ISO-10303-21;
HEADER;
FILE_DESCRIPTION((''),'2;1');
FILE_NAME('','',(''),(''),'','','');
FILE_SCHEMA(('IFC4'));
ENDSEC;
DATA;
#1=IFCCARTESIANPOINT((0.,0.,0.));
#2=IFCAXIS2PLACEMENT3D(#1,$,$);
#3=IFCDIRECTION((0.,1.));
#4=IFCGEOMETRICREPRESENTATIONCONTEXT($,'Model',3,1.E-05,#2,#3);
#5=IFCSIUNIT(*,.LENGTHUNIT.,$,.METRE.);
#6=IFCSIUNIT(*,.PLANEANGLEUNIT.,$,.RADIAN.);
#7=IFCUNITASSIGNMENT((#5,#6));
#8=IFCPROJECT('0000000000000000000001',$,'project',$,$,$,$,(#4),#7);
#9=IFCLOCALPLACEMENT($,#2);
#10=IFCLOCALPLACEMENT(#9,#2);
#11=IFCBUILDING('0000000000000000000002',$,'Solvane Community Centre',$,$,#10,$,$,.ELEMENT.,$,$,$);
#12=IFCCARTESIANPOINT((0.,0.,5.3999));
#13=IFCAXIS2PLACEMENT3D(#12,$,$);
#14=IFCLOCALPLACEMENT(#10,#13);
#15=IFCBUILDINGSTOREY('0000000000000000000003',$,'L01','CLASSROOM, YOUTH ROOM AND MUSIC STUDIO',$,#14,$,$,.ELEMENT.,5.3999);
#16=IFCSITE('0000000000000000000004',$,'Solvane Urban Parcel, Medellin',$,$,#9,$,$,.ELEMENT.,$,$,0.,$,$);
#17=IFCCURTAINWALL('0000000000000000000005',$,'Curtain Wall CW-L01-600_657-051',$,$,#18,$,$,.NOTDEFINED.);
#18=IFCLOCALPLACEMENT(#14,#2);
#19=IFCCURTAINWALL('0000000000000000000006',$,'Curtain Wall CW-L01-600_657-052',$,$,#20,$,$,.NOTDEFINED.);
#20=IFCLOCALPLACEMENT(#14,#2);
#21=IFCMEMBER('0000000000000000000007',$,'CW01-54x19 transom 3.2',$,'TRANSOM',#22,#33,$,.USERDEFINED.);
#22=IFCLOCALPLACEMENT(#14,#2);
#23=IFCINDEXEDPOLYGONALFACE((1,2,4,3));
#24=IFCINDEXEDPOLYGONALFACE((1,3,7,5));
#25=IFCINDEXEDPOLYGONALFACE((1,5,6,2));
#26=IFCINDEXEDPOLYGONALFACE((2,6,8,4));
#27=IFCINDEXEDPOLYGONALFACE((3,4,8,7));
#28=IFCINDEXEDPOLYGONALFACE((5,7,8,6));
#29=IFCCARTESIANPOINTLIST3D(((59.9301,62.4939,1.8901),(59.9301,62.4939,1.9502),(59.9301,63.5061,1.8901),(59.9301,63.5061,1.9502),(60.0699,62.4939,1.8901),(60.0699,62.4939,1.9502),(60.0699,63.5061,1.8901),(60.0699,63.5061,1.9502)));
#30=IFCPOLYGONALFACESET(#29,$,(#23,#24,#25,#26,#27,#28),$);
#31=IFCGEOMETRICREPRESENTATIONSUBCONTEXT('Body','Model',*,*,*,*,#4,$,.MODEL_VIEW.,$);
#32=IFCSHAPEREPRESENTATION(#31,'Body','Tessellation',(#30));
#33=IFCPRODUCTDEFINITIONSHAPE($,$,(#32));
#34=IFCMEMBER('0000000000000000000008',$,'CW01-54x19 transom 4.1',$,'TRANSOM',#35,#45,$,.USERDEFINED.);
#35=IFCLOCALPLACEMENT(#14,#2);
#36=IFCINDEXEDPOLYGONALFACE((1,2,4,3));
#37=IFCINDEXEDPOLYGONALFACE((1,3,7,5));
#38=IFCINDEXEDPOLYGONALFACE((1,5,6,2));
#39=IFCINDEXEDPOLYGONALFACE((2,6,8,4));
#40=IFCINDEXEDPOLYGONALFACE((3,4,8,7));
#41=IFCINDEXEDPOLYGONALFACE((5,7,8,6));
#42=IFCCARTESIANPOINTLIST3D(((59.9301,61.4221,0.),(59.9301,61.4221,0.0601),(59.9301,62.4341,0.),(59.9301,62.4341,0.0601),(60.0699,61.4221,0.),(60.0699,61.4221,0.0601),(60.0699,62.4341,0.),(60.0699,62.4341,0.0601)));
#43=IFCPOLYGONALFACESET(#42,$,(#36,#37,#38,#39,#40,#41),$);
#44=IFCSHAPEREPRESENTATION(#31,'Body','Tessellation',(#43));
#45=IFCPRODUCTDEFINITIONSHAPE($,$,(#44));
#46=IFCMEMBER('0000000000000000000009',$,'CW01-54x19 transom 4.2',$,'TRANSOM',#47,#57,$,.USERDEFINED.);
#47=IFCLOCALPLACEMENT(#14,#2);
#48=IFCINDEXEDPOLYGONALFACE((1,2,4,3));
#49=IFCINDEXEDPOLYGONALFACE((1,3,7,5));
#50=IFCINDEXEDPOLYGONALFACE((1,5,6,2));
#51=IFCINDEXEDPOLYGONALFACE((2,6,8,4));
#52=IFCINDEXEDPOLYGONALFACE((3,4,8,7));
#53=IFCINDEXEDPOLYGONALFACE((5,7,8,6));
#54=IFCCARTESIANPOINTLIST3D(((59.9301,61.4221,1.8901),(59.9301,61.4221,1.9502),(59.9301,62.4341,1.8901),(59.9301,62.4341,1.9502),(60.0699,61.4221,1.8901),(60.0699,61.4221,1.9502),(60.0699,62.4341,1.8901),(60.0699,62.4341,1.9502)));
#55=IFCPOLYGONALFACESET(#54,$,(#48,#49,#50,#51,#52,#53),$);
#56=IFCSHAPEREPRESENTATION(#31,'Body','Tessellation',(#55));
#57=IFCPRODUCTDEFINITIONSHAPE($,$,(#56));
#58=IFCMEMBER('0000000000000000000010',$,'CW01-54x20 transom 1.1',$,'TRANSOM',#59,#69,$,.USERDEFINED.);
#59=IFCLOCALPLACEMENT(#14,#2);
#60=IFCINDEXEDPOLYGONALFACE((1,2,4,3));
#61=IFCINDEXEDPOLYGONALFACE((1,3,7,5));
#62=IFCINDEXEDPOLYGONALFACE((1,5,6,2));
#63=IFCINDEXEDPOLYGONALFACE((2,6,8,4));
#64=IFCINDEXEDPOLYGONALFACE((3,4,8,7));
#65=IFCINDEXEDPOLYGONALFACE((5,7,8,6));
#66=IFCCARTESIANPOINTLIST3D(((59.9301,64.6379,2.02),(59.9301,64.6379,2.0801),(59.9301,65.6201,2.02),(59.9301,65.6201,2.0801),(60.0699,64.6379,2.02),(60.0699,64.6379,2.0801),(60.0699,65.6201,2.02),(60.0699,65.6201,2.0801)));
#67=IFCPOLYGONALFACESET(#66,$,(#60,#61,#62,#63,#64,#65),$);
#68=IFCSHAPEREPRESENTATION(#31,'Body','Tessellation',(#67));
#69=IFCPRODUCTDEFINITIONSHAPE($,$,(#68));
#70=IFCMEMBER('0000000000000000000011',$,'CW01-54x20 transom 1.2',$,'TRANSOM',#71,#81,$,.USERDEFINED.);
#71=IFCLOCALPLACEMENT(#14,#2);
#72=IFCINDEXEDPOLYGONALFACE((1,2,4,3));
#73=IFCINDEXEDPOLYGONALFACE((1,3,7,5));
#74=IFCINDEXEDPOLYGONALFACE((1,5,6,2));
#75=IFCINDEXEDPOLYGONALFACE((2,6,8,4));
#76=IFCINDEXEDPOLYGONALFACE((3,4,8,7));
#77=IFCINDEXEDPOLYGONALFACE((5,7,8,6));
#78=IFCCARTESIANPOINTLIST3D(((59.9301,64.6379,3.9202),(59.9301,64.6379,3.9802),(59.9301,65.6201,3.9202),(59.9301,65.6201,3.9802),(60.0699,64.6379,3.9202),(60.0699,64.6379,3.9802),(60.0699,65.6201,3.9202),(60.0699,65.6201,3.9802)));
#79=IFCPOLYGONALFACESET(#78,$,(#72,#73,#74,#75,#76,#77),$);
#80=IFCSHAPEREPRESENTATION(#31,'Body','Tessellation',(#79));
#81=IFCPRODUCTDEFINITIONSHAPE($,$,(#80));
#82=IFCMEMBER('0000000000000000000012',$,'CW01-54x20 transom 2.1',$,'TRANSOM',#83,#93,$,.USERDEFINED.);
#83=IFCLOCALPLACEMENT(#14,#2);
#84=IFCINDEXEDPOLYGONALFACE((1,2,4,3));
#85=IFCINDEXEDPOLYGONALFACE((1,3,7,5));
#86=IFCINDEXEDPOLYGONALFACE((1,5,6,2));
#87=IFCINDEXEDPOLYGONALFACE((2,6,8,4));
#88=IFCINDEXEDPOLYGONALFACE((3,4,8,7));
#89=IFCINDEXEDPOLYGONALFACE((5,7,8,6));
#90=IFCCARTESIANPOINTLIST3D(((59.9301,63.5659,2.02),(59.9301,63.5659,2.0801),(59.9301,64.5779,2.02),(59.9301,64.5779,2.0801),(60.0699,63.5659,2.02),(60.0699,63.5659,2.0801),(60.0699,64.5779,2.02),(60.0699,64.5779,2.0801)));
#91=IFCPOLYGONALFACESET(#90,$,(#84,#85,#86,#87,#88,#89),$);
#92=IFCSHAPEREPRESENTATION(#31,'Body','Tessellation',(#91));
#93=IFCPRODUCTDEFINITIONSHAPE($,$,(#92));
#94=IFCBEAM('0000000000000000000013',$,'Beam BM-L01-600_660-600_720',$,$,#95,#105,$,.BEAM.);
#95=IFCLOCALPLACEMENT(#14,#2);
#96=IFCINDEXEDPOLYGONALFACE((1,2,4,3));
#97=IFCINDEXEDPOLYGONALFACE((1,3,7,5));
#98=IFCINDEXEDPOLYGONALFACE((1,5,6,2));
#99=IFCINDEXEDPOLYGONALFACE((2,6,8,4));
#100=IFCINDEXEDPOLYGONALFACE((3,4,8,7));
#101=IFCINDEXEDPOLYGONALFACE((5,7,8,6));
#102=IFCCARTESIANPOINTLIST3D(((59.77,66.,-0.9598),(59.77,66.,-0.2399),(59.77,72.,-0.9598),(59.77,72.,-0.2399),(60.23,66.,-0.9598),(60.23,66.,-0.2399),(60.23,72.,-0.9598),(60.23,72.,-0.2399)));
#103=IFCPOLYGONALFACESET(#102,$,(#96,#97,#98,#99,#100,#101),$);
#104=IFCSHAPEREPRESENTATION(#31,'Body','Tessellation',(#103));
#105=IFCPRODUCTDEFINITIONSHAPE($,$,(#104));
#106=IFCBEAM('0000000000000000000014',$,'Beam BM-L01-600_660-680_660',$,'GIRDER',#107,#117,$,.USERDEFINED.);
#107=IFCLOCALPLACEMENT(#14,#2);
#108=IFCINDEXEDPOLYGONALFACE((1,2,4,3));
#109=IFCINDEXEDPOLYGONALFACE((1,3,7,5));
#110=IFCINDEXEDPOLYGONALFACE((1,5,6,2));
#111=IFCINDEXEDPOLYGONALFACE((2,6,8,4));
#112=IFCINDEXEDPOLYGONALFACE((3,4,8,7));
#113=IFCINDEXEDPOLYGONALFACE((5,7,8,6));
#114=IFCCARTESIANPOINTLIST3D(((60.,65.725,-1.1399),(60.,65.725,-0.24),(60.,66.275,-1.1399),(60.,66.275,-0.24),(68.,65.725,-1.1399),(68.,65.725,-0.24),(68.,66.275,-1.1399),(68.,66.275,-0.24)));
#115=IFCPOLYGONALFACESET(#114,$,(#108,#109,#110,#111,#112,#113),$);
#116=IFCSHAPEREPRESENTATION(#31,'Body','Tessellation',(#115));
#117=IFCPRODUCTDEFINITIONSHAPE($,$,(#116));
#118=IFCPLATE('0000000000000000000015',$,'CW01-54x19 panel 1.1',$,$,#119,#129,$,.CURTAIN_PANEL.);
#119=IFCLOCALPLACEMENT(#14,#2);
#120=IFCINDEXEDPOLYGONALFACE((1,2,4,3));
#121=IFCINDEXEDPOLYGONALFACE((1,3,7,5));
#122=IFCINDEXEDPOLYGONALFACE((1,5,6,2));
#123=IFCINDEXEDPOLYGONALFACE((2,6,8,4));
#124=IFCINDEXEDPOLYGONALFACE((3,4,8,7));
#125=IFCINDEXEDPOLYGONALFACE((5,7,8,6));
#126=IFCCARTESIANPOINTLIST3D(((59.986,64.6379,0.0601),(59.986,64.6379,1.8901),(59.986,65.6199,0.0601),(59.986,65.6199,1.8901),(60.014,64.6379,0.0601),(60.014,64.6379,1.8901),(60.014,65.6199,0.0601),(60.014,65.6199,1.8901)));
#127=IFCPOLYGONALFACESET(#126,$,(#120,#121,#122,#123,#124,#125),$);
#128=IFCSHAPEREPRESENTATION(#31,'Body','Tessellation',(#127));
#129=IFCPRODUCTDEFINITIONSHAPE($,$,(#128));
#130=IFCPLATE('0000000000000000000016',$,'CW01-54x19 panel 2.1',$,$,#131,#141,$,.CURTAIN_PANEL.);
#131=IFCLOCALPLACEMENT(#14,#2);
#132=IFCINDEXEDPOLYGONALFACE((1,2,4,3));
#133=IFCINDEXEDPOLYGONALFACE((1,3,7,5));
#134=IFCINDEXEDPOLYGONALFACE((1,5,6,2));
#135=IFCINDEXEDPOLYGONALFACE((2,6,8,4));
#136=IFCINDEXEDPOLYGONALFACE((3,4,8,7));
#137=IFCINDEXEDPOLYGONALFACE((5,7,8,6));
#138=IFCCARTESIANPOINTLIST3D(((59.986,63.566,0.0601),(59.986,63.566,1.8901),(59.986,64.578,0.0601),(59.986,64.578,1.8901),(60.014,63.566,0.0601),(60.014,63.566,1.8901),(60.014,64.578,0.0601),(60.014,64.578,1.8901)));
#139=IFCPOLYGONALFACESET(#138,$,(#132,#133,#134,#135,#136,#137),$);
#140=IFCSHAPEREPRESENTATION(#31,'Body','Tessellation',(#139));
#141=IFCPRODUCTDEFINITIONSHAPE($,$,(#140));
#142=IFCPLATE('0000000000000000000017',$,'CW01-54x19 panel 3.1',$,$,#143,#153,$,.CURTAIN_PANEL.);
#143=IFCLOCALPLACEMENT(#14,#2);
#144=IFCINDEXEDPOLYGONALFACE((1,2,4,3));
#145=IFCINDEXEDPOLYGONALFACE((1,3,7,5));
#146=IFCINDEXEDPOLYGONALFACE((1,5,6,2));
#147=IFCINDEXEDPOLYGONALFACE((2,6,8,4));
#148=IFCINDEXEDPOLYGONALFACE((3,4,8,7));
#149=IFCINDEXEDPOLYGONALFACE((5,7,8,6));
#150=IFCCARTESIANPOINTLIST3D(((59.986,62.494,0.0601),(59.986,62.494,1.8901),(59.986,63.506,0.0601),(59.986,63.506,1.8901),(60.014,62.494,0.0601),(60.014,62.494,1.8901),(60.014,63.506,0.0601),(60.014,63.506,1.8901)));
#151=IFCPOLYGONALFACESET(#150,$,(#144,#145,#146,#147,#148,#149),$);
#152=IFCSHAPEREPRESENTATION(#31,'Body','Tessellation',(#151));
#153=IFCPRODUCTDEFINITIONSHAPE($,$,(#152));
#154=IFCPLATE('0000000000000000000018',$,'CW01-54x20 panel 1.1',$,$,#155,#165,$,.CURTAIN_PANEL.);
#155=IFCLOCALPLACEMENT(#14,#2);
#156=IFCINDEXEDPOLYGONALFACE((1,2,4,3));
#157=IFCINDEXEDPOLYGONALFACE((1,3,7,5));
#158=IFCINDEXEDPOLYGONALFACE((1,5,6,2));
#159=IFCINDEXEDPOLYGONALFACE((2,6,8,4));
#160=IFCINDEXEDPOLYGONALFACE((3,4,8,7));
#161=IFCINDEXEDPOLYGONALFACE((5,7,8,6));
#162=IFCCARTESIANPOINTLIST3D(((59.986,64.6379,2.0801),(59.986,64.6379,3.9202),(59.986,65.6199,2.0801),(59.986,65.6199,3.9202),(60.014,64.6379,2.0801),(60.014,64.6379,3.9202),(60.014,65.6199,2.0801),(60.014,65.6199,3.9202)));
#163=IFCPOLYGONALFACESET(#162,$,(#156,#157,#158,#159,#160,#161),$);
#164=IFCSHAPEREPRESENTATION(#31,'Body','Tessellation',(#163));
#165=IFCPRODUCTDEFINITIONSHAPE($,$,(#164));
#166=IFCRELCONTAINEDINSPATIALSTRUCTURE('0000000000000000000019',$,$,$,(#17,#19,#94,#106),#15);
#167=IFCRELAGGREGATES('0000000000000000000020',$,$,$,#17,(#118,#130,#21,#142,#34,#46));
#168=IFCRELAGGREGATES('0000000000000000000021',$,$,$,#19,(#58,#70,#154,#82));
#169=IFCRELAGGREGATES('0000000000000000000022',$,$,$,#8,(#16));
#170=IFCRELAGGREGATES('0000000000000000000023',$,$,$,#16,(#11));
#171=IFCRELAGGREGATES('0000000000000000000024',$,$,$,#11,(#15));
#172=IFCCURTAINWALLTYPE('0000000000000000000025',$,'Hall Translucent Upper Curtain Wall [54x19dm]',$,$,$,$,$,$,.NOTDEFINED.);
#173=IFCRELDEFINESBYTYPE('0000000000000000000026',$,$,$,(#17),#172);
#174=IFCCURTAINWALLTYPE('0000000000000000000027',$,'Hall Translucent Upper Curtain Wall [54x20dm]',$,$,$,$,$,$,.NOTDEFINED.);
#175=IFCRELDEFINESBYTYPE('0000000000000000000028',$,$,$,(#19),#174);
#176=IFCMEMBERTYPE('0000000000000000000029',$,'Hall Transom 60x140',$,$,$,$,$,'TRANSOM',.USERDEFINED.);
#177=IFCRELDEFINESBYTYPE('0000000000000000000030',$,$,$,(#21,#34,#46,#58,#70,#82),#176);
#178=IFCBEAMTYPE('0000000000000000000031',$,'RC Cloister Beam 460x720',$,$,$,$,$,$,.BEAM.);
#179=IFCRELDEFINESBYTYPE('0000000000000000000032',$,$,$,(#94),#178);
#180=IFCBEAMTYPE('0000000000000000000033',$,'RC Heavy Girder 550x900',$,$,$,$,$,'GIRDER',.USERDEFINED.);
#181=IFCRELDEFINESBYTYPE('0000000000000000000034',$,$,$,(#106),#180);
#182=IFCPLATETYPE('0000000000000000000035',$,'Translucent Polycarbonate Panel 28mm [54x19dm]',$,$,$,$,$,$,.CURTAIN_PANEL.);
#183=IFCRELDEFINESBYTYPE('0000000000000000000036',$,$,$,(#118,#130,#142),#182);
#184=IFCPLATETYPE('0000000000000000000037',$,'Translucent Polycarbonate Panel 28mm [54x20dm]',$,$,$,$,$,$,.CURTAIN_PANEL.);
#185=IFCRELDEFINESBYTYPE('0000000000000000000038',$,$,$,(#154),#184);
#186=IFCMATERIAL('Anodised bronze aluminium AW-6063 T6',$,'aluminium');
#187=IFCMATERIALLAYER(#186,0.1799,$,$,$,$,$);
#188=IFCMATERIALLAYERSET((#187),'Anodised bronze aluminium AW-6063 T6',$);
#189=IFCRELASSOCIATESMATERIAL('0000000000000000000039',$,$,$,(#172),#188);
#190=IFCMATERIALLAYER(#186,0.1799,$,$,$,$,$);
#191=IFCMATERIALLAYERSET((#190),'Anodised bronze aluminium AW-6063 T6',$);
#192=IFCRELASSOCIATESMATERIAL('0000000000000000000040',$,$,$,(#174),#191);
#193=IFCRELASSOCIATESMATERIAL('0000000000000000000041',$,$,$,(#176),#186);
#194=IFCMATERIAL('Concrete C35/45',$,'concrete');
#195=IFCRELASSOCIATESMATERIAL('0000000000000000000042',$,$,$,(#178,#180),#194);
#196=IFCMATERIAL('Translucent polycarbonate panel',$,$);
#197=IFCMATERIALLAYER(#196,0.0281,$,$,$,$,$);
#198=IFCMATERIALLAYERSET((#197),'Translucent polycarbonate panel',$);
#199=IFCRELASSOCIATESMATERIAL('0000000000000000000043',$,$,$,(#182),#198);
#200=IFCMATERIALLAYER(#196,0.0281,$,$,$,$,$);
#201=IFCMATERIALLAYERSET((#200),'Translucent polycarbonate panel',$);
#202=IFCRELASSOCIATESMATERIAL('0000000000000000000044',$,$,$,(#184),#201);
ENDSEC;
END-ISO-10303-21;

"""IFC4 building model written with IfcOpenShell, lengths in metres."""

from ifc_helpers import new_model, si_unit, direction, frame, origin, origin_2d, place, context, subcontext, project, spatial, rectangle, extrude, material, layer, layer_set, material_profile, profile_set, type_object, element, aggregate, save


model = new_model("IFC4")

# Units and contexts
model_context = context("Model", 3, precision=1e-05, world=origin(), true_north=direction((0.0, 1.0)))
body_context = subcontext(model_context, "Body", "Model", "MODEL_VIEW")
ifc_project = project(units=[si_unit("LENGTHUNIT", "METRE"), si_unit("PLANEANGLEUNIT", "RADIAN")], contexts=[model_context])

# Site, building, storey
site_placement = place(None, origin())
site = spatial("IfcSite", under=ifc_project, at=site_placement, Name="Solvane Urban Parcel, Medellin", CompositionType="ELEMENT", RefElevation=0.0)
building_placement = place(site_placement, origin())
building = spatial("IfcBuilding", under=site, at=building_placement, Name="Solvane Community Centre", CompositionType="ELEMENT")
storey_placement = place(building_placement, frame((0.0, 0.0, 5.3999)))
storey = spatial("IfcBuildingStorey", under=building, at=storey_placement, Name="L01", Description="CLASSROOM, YOUTH ROOM AND MUSIC STUDIO", CompositionType="ELEMENT", Elevation=5.3999)

# Shared definitions
ifc_material_1 = material(Name="Concrete C35/45", Category="concrete")

# Curtain walls
ifc_material_2 = material(Name="Anodised bronze aluminium AW-6063 T6", Category="aluminium")
ifc_layer_1 = layer(ifc_material_2, 0.1799)
ifc_layer_set_1 = layer_set([ifc_layer_1], Name="Anodised bronze aluminium AW-6063 T6")
curtain_wall_type_1 = type_object("IfcCurtainWallType", Name="Hall Translucent Upper Curtain Wall [54x19dm]", PredefinedType="NOTDEFINED", material=ifc_layer_set_1)
curtain_wall_1_placement = place(storey_placement, origin())
curtain_wall_1 = element("IfcCurtainWall", 1, at=curtain_wall_1_placement, inside=storey, type_object=curtain_wall_type_1, Name="Curtain Wall CW-L01-600_657-051", PredefinedType="NOTDEFINED")
ifc_layer_2 = layer(ifc_material_2, 0.1799)
ifc_layer_set_2 = layer_set([ifc_layer_2], Name="Anodised bronze aluminium AW-6063 T6")
curtain_wall_type_2 = type_object("IfcCurtainWallType", Name="Hall Translucent Upper Curtain Wall [54x20dm]", PredefinedType="NOTDEFINED", material=ifc_layer_set_2)
curtain_wall_2_placement = place(storey_placement, origin())
curtain_wall_2 = element("IfcCurtainWall", 2, at=curtain_wall_2_placement, inside=storey, type_object=curtain_wall_type_2, Name="Curtain Wall CW-L01-600_657-052", PredefinedType="NOTDEFINED")

# Members
ifc_material_profile_1 = material_profile(ifc_material_2, rectangle(XDim=0.1399, YDim=0.0601, at=origin_2d()), Name="CW-T 60x140")
ifc_profile_set_1 = profile_set([ifc_material_profile_1], Name="Anodised bronze aluminium AW-6063 T6")
member_type_1 = type_object("IfcMemberType", Name="Hall Transom 60x140", ElementType="TRANSOM", PredefinedType="USERDEFINED", material=ifc_profile_set_1)
member_1_placement = place(storey_placement, frame((60.0, 63.5061, 1.9202), z_axis=(0.0, -1.0, 0.0), x_axis=(1.0, 0.0, 0.0)))
member_1 = element("IfcMember", 3, at=member_1_placement, type_object=member_type_1, Name="CW01-54x19 transom 3.2", ObjectType="TRANSOM", PredefinedType="USERDEFINED", context=body_context, shape_type="SweptSolid", body=[
    extrude(rectangle(XDim=0.1399, YDim=0.0601, at=origin_2d()), origin(), (0.0, 0.0, 1.0), 1.0122),
])
member_2_placement = place(storey_placement, frame((60.0, 62.4341, 0.03), z_axis=(0.0, -1.0, 0.0), x_axis=(1.0, 0.0, 0.0)))
member_2 = element("IfcMember", 4, at=member_2_placement, type_object=member_type_1, Name="CW01-54x19 transom 4.1", ObjectType="TRANSOM", PredefinedType="USERDEFINED", context=body_context, shape_type="SweptSolid", body=[
    extrude(rectangle(XDim=0.1399, YDim=0.0601, at=origin_2d()), origin(), (0.0, 0.0, 1.0), 1.012),
])
member_3_placement = place(storey_placement, frame((60.0, 62.4341, 1.9202), z_axis=(0.0, -1.0, 0.0), x_axis=(1.0, 0.0, 0.0)))
member_3 = element("IfcMember", 5, at=member_3_placement, type_object=member_type_1, Name="CW01-54x19 transom 4.2", ObjectType="TRANSOM", PredefinedType="USERDEFINED", context=body_context, shape_type="SweptSolid", body=[
    extrude(rectangle(XDim=0.1399, YDim=0.0601, at=origin_2d()), origin(), (0.0, 0.0, 1.0), 1.012),
])
member_4_placement = place(storey_placement, frame((60.0, 65.6201, 2.05), z_axis=(0.0, -1.0, 0.0), x_axis=(1.0, 0.0, 0.0)))
member_4 = element("IfcMember", 6, at=member_4_placement, type_object=member_type_1, Name="CW01-54x20 transom 1.1", ObjectType="TRANSOM", PredefinedType="USERDEFINED", context=body_context, shape_type="SweptSolid", body=[
    extrude(rectangle(XDim=0.1399, YDim=0.0601, at=origin_2d()), origin(), (0.0, 0.0, 1.0), 0.9822),
])
member_5_placement = place(storey_placement, frame((60.0, 65.6201, 3.9502), z_axis=(0.0, -1.0, 0.0), x_axis=(1.0, 0.0, 0.0)))
member_5 = element("IfcMember", 7, at=member_5_placement, type_object=member_type_1, Name="CW01-54x20 transom 1.2", ObjectType="TRANSOM", PredefinedType="USERDEFINED", context=body_context, shape_type="SweptSolid", body=[
    extrude(rectangle(XDim=0.1399, YDim=0.0601, at=origin_2d()), origin(), (0.0, 0.0, 1.0), 0.9822),
])
member_6_placement = place(storey_placement, frame((60.0, 64.5779, 2.05), z_axis=(0.0, -1.0, 0.0), x_axis=(1.0, 0.0, 0.0)))
member_6 = element("IfcMember", 8, at=member_6_placement, type_object=member_type_1, Name="CW01-54x20 transom 2.1", ObjectType="TRANSOM", PredefinedType="USERDEFINED", context=body_context, shape_type="SweptSolid", body=[
    extrude(rectangle(XDim=0.1399, YDim=0.0601, at=origin_2d()), origin(), (0.0, 0.0, 1.0), 1.012),
])

# Beams
ifc_material_profile_2 = material_profile(ifc_material_1, rectangle(XDim=0.46, YDim=0.72, at=origin_2d()), Name="RC 460x720")
ifc_profile_set_2 = profile_set([ifc_material_profile_2], Name="Concrete C35/45")
beam_type_1 = type_object("IfcBeamType", Name="RC Cloister Beam 460x720", PredefinedType="BEAM", material=ifc_profile_set_2)
beam_1_placement = place(storey_placement, frame((60.0, 66.0, -0.5999), z_axis=(0.0, 1.0, 0.0), x_axis=(-1.0, 0.0, 0.0)))
element("IfcBeam", 9, at=beam_1_placement, inside=storey, type_object=beam_type_1, Name="Beam BM-L01-600_660-600_720", PredefinedType="BEAM", context=body_context, shape_type="SweptSolid", body=[
    extrude(rectangle(XDim=0.46, YDim=0.72, at=origin_2d()), origin(), (0.0, 0.0, 1.0), 6.0),
])
ifc_material_profile_3 = material_profile(ifc_material_1, rectangle(XDim=0.55, YDim=0.8999, at=origin_2d()), Name="RC 550x900")
ifc_profile_set_3 = profile_set([ifc_material_profile_3], Name="Concrete C35/45")
beam_type_2 = type_object("IfcBeamType", Name="RC Heavy Girder 550x900", ElementType="GIRDER", PredefinedType="USERDEFINED", material=ifc_profile_set_3)
beam_2_placement = place(storey_placement, frame((60.0, 66.0, -0.6899), z_axis=(1.0, 0.0, 0.0), x_axis=(0.0, 1.0, 0.0)))
element("IfcBeam", 10, at=beam_2_placement, inside=storey, type_object=beam_type_2, Name="Beam BM-L01-600_660-680_660", ObjectType="GIRDER", PredefinedType="USERDEFINED", context=body_context, shape_type="SweptSolid", body=[
    extrude(rectangle(XDim=0.55, YDim=0.8999, at=origin_2d()), origin(), (0.0, 0.0, 1.0), 8.0),
])

# Plates
ifc_material_3 = material(Name="Translucent polycarbonate panel")
ifc_layer_3 = layer(ifc_material_3, 0.0281)
ifc_layer_set_3 = layer_set([ifc_layer_3], Name="Translucent polycarbonate panel")
plate_type_1 = type_object("IfcPlateType", Name="Translucent Polycarbonate Panel 28mm [54x19dm]", PredefinedType="CURTAIN_PANEL", material=ifc_layer_set_3)
plate_1_placement = place(storey_placement, frame((60.0, 65.1289, 0.0601), z_axis=(0.0, 0.0, 1.0), x_axis=(0.0, -1.0, 0.0)))
plate_1 = element("IfcPlate", 11, at=plate_1_placement, type_object=plate_type_1, Name="CW01-54x19 panel 1.1", PredefinedType="CURTAIN_PANEL", context=body_context, shape_type="SweptSolid", body=[
    extrude(rectangle(XDim=0.9819, YDim=0.0281, at=origin_2d()), origin(), (0.0, 0.0, 1.0), 1.8301),
])
plate_2_placement = place(storey_placement, frame((60.0, 64.072, 0.0601), z_axis=(0.0, 0.0, 1.0), x_axis=(0.0, -1.0, 0.0)))
plate_2 = element("IfcPlate", 12, at=plate_2_placement, type_object=plate_type_1, Name="CW01-54x19 panel 2.1", PredefinedType="CURTAIN_PANEL", context=body_context, shape_type="SweptSolid", body=[
    extrude(rectangle(XDim=1.012, YDim=0.0281, at=origin_2d()), origin(), (0.0, 0.0, 1.0), 1.8301),
])
plate_3_placement = place(storey_placement, frame((60.0, 63.0, 0.0601), z_axis=(0.0, 0.0, 1.0), x_axis=(0.0, -1.0, 0.0)))
plate_3 = element("IfcPlate", 13, at=plate_3_placement, type_object=plate_type_1, Name="CW01-54x19 panel 3.1", PredefinedType="CURTAIN_PANEL", context=body_context, shape_type="SweptSolid", body=[
    extrude(rectangle(XDim=1.012, YDim=0.0281, at=origin_2d()), origin(), (0.0, 0.0, 1.0), 1.8301),
])
aggregate(curtain_wall_1, [plate_1, plate_2, member_1, plate_3, member_2, member_3])
ifc_layer_4 = layer(ifc_material_3, 0.0281)
ifc_layer_set_4 = layer_set([ifc_layer_4], Name="Translucent polycarbonate panel")
plate_type_2 = type_object("IfcPlateType", Name="Translucent Polycarbonate Panel 28mm [54x20dm]", PredefinedType="CURTAIN_PANEL", material=ifc_layer_set_4)
plate_4_placement = place(storey_placement, frame((60.0, 65.1289, 2.0801), z_axis=(0.0, 0.0, 1.0), x_axis=(0.0, -1.0, 0.0)))
plate_4 = element("IfcPlate", 14, at=plate_4_placement, type_object=plate_type_2, Name="CW01-54x20 panel 1.1", PredefinedType="CURTAIN_PANEL", context=body_context, shape_type="SweptSolid", body=[
    extrude(rectangle(XDim=0.9819, YDim=0.0281, at=origin_2d()), origin(), (0.0, 0.0, 1.0), 1.8401),
])
aggregate(curtain_wall_2, [member_4, member_5, plate_4, member_6])

save(model, "model.ifc")
